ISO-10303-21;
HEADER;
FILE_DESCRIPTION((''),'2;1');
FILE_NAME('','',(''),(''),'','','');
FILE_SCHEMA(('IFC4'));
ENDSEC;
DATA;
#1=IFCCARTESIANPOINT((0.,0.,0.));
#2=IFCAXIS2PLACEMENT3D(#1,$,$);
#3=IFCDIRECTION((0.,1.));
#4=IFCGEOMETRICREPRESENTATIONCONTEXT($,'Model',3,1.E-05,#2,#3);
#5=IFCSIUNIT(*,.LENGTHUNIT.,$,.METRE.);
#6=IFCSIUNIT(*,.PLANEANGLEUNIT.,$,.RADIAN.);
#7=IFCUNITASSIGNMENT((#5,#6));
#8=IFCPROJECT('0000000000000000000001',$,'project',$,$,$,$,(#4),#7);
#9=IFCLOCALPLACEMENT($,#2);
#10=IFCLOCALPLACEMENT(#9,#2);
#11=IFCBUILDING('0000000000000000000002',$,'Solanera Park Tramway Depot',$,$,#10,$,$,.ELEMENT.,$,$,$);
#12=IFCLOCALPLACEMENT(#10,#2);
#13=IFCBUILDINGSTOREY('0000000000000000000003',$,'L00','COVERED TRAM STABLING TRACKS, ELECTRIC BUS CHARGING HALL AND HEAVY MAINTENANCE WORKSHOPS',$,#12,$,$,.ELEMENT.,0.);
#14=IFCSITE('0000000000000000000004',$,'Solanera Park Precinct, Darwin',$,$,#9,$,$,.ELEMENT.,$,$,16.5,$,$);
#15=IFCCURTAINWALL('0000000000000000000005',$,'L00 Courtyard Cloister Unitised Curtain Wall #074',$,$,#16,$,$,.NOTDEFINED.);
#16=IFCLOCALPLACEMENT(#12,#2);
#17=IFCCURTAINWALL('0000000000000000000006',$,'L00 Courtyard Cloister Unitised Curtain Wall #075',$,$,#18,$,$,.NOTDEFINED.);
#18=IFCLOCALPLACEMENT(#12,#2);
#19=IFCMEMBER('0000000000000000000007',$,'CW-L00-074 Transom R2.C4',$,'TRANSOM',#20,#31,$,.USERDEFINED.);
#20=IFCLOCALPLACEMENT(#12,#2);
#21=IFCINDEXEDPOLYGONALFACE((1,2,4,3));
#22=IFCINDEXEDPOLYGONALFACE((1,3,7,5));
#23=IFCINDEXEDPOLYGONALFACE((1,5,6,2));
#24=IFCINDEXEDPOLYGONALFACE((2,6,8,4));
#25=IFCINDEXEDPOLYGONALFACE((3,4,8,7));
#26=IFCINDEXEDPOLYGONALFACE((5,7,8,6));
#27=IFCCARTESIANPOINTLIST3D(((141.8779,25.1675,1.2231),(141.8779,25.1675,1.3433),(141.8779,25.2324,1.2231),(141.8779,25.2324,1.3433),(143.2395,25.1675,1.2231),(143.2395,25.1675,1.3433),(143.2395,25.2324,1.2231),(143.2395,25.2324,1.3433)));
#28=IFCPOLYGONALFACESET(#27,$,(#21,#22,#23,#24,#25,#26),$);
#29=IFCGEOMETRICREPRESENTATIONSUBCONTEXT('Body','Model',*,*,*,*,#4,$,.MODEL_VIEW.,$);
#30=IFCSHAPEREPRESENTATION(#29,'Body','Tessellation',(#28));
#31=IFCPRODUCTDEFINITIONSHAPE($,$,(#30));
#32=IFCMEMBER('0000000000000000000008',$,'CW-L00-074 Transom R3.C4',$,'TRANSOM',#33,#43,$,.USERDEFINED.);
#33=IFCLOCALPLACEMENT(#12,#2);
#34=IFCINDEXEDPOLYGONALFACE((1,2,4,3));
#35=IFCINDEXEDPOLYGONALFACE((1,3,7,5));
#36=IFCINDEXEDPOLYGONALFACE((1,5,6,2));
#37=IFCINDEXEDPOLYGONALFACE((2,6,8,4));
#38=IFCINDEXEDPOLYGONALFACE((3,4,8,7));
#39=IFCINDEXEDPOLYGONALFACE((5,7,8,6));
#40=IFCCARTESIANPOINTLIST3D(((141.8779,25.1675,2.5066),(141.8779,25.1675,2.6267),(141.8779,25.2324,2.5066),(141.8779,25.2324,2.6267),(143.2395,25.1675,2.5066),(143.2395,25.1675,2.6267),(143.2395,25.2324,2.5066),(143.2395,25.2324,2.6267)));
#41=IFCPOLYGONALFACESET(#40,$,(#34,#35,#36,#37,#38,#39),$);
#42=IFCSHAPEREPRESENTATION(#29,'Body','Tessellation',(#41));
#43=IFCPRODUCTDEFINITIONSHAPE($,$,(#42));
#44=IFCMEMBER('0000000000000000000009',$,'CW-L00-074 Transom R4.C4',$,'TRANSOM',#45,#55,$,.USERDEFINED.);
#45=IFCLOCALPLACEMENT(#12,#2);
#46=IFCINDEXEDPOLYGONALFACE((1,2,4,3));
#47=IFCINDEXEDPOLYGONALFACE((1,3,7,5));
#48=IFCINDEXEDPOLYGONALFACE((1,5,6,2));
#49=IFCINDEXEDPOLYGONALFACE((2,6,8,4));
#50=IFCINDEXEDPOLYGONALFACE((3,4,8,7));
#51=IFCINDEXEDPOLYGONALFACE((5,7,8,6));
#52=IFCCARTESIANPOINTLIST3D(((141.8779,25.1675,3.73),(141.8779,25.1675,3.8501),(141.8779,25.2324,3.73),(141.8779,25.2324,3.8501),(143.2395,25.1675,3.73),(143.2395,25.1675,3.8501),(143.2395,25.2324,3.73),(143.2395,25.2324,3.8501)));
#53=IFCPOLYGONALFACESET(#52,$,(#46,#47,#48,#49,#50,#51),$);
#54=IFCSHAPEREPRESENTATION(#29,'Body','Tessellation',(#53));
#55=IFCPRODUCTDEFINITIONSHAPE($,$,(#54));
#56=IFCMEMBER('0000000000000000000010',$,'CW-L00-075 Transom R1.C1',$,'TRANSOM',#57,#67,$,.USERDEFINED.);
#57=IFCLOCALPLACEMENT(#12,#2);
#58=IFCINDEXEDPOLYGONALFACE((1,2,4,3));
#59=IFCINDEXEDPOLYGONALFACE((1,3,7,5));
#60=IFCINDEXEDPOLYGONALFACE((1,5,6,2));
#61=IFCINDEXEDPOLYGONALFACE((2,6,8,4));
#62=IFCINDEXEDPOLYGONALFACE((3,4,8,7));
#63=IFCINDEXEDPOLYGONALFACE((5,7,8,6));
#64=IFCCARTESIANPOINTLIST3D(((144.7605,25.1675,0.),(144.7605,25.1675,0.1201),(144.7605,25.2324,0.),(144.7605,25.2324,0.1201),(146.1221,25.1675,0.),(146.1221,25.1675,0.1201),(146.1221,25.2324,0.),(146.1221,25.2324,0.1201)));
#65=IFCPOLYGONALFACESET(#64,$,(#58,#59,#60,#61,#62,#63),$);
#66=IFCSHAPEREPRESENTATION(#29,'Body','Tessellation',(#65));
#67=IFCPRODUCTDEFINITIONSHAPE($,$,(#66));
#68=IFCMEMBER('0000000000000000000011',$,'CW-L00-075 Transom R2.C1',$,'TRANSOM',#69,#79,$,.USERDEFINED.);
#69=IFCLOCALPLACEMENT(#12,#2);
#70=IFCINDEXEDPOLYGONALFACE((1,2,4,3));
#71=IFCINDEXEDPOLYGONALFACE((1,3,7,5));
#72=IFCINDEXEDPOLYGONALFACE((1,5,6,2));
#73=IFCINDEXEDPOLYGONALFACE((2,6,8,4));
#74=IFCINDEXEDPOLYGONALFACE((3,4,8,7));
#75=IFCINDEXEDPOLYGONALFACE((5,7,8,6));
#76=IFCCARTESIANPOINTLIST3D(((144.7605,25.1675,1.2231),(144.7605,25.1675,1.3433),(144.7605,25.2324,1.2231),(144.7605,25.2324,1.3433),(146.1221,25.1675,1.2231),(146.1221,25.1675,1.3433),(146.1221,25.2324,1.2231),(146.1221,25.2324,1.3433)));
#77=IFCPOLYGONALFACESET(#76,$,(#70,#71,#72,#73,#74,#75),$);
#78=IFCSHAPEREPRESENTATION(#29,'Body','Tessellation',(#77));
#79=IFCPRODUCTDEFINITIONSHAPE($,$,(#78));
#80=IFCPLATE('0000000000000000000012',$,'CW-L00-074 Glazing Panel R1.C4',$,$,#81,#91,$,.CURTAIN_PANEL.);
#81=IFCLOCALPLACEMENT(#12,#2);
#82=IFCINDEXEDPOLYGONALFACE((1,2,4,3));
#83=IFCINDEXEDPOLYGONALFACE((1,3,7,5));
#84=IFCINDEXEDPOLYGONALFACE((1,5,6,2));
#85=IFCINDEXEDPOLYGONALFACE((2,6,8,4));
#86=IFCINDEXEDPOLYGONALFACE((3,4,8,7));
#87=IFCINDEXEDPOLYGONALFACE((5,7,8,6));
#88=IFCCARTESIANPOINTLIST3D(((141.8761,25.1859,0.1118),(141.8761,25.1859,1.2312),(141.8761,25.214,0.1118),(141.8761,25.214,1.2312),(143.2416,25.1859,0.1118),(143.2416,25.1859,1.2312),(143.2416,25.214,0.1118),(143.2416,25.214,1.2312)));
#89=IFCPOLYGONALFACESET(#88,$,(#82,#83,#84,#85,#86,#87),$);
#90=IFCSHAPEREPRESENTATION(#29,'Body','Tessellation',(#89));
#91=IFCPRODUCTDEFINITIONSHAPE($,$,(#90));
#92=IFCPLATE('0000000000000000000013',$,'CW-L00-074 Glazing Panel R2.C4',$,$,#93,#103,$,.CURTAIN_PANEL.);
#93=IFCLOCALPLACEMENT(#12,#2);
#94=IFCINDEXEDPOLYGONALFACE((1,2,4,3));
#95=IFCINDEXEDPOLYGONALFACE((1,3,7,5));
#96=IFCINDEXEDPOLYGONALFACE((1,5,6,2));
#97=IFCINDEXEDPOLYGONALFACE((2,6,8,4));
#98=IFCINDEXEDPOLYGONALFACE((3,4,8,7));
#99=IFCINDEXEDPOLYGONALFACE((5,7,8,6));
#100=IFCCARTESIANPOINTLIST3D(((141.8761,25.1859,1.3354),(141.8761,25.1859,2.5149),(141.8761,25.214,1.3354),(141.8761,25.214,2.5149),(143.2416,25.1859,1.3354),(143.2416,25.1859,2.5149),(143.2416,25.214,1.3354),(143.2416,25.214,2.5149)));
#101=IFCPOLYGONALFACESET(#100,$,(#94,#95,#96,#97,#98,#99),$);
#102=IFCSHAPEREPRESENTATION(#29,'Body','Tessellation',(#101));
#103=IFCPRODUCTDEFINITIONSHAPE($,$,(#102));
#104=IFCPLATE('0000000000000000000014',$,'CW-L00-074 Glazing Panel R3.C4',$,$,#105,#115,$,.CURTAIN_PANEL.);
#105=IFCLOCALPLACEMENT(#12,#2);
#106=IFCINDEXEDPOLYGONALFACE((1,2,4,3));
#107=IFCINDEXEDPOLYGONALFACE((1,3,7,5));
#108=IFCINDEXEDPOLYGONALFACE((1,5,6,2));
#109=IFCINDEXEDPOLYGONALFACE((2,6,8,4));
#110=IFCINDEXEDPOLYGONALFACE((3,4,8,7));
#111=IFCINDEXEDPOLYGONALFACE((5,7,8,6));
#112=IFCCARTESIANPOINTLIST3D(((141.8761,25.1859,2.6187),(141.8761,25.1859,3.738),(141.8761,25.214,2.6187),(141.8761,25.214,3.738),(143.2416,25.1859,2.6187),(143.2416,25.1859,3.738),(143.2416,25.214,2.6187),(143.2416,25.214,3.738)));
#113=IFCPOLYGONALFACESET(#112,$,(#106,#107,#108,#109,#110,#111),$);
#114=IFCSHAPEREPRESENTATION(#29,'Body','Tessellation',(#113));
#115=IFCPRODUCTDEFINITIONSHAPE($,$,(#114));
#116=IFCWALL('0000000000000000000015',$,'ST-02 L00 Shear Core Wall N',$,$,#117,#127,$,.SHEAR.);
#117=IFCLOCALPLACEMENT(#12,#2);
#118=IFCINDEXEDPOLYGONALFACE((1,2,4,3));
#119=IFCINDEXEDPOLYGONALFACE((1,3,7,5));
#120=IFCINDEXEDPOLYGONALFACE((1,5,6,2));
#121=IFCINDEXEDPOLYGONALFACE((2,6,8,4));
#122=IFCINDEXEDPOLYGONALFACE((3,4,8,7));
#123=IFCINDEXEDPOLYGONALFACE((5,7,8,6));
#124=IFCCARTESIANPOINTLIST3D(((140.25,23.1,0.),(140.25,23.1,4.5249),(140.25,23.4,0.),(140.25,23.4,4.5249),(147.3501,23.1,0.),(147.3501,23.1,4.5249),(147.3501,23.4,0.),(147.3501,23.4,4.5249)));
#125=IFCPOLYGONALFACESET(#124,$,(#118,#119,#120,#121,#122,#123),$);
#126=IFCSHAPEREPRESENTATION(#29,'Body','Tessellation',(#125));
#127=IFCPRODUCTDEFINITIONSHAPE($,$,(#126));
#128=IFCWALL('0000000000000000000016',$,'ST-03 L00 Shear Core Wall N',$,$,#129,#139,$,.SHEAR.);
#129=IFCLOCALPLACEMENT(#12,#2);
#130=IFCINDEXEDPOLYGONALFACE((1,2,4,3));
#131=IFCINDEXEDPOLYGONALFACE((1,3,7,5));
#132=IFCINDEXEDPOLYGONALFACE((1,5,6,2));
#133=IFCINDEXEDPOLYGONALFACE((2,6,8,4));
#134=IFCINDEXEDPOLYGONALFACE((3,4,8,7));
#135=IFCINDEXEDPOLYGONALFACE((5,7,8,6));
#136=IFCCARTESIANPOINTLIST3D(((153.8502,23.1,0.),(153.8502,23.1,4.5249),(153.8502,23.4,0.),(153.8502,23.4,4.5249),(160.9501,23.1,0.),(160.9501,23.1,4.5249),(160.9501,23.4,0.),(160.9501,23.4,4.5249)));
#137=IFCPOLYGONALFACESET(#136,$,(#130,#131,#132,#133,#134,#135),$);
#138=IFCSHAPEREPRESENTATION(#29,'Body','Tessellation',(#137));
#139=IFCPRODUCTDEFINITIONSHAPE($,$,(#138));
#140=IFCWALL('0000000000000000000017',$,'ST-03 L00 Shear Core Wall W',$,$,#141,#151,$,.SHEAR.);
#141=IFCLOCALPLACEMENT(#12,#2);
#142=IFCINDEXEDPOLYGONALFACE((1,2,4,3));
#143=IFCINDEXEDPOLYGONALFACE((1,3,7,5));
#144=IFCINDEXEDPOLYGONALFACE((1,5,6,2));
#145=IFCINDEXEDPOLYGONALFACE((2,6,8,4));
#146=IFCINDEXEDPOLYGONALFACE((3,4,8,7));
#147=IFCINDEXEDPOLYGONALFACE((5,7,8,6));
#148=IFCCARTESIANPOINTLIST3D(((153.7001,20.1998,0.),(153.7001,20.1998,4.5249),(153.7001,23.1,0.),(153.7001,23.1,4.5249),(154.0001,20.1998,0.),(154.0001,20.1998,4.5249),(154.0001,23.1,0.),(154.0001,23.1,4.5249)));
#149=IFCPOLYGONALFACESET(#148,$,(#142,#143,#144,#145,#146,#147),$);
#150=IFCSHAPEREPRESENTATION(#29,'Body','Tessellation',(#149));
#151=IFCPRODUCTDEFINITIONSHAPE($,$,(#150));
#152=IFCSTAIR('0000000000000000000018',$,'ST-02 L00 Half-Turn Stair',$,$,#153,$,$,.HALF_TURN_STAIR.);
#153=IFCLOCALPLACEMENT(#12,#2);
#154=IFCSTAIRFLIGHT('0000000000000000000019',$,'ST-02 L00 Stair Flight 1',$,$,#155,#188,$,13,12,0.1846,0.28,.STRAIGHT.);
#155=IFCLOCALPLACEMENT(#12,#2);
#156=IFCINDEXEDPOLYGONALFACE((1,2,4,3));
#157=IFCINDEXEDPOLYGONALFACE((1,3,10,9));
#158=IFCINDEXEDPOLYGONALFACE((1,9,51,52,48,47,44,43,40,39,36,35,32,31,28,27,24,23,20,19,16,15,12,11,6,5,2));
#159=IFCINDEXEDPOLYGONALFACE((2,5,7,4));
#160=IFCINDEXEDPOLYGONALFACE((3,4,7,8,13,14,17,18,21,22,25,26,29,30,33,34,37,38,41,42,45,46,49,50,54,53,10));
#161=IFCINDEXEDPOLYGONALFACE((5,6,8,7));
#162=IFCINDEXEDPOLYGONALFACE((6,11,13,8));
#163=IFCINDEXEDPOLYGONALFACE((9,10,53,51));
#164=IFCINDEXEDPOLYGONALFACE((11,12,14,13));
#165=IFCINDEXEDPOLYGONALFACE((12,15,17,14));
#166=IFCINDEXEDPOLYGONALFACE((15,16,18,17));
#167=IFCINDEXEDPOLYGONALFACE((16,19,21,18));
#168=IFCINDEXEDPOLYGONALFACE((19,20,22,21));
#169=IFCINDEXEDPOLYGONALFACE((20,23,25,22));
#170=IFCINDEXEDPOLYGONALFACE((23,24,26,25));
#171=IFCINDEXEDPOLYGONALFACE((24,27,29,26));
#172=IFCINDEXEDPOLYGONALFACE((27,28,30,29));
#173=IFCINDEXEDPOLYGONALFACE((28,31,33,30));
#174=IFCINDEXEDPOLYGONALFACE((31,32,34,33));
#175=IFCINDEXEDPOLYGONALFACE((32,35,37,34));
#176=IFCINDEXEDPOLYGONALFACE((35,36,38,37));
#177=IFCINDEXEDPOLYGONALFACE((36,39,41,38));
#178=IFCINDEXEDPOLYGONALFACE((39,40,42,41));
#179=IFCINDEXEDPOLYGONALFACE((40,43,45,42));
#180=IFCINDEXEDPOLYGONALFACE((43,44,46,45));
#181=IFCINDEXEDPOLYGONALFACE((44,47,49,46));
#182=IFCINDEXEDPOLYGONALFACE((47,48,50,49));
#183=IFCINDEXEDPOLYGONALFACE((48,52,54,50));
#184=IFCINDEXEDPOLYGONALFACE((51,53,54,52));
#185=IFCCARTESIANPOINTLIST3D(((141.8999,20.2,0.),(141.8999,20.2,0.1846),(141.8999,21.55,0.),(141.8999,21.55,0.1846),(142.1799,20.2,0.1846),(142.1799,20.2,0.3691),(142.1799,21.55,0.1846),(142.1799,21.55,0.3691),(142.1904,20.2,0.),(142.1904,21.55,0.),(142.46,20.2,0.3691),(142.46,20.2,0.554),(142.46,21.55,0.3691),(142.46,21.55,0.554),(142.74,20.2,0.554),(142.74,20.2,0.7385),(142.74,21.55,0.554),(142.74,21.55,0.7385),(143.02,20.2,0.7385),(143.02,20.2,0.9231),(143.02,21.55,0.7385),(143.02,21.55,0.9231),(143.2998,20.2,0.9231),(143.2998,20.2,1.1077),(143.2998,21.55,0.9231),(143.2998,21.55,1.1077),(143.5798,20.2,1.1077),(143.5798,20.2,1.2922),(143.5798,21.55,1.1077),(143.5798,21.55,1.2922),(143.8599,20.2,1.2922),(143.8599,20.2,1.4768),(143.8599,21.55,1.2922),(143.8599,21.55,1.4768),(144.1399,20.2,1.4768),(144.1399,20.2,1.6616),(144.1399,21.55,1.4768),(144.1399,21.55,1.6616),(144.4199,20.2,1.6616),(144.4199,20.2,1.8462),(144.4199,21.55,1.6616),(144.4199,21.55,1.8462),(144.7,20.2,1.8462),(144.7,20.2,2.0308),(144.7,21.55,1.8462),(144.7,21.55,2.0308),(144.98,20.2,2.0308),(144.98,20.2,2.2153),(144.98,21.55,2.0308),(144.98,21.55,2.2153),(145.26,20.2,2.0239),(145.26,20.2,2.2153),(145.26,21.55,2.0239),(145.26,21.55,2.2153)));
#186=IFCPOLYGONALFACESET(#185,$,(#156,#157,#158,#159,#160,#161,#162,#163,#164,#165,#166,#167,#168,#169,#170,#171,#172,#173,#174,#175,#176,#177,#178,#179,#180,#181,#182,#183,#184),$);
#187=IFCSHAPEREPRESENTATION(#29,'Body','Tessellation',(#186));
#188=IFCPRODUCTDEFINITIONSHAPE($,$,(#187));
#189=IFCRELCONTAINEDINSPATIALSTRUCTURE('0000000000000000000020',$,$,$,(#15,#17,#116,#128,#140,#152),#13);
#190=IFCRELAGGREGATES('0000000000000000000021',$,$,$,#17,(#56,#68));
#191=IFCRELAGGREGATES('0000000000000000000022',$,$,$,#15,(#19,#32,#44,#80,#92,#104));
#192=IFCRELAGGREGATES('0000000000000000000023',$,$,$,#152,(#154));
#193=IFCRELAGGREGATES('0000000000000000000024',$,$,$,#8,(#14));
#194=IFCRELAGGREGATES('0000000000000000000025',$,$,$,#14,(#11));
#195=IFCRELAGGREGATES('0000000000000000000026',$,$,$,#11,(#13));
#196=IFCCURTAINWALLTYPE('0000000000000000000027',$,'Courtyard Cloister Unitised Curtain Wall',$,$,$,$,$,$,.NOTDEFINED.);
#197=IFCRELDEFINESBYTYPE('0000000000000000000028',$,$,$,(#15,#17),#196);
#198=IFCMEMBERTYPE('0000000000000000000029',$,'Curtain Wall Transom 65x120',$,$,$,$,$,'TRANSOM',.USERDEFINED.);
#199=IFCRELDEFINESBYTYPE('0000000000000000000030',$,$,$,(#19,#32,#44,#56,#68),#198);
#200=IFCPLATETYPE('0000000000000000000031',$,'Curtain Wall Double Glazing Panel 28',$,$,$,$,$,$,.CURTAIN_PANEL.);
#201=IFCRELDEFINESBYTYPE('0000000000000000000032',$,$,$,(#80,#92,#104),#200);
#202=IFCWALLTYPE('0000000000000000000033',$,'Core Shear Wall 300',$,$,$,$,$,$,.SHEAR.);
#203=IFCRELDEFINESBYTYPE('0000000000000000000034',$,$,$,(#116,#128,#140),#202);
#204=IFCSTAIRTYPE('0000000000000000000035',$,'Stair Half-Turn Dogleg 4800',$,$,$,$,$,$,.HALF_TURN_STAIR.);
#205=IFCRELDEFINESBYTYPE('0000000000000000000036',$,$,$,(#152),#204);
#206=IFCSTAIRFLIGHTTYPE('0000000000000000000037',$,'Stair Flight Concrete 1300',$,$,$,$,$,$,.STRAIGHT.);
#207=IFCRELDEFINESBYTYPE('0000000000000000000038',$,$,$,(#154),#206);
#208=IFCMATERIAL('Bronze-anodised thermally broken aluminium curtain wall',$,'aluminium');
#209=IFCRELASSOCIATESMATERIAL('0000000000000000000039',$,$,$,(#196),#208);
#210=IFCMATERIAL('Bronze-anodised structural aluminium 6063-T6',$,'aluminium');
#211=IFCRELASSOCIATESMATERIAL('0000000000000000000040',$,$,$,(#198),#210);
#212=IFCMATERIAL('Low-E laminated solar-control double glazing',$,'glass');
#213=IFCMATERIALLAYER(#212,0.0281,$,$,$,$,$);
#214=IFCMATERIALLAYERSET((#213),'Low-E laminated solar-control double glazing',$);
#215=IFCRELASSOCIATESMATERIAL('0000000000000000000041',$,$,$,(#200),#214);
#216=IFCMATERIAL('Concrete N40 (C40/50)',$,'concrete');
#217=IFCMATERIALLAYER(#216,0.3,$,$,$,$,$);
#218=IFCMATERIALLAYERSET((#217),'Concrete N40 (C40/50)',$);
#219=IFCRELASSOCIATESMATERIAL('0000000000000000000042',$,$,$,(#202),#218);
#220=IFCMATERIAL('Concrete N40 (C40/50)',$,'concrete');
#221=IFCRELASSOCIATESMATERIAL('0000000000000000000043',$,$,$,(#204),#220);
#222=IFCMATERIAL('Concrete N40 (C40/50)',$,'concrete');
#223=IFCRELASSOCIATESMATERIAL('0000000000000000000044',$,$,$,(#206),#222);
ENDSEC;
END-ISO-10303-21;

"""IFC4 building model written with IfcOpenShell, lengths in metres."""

from ifc_helpers import new_model, si_unit, direction, frame, frame_2d, origin, origin_2d, place, context, subcontext, project, spatial, polyline, rectangle, outline, extrude, material, layer, layer_set, material_profile, profile_set, type_object, element, aggregate, save


model = new_model("IFC4")

# Units and contexts
model_context = context("Model", 3, precision=1e-05, world=origin(), true_north=direction((0.0, 1.0)))
body_context = subcontext(model_context, "Body", "Model", "MODEL_VIEW")
ifc_project = project(units=[si_unit("LENGTHUNIT", "METRE"), si_unit("PLANEANGLEUNIT", "RADIAN")], contexts=[model_context])

# Site, building, storey
site_placement = place(None, origin())
site = spatial("IfcSite", under=ifc_project, at=site_placement, Name="Solanera Park Precinct, Darwin", CompositionType="ELEMENT", RefElevation=16.5)
building_placement = place(site_placement, origin())
building = spatial("IfcBuilding", under=site, at=building_placement, Name="Solanera Park Tramway Depot", CompositionType="ELEMENT")
storey_placement = place(building_placement, origin())
storey = spatial("IfcBuildingStorey", under=building, at=storey_placement, Name="L00", Description="COVERED TRAM STABLING TRACKS, ELECTRIC BUS CHARGING HALL AND HEAVY MAINTENANCE WORKSHOPS", CompositionType="ELEMENT", Elevation=0.0)

# Curtain walls
ifc_material_1 = material(Name="Bronze-anodised thermally broken aluminium curtain wall", Category="aluminium")
curtain_wall_type = type_object("IfcCurtainWallType", Name="Courtyard Cloister Unitised Curtain Wall", PredefinedType="NOTDEFINED", material=ifc_material_1)
curtain_wall_1_placement = place(storey_placement, origin())
curtain_wall_1 = element("IfcCurtainWall", 1, at=curtain_wall_1_placement, inside=storey, type_object=curtain_wall_type, Name="L00 Courtyard Cloister Unitised Curtain Wall #074", PredefinedType="NOTDEFINED")
curtain_wall_2_placement = place(storey_placement, origin())
curtain_wall_2 = element("IfcCurtainWall", 2, at=curtain_wall_2_placement, inside=storey, type_object=curtain_wall_type, Name="L00 Courtyard Cloister Unitised Curtain Wall #075", PredefinedType="NOTDEFINED")

# Members
ifc_material_2 = material(Name="Bronze-anodised structural aluminium 6063-T6", Category="aluminium")
ifc_material_profile_1 = material_profile(ifc_material_2, rectangle(XDim=0.0649, YDim=0.1201, at=origin_2d()), Name="Curtain Wall Transom 65x120")
ifc_profile_set_1 = profile_set([ifc_material_profile_1], Name="Bronze-anodised structural aluminium 6063-T6")
member_type_1 = type_object("IfcMemberType", Name="Curtain Wall Transom 65x120", ElementType="TRANSOM", PredefinedType="USERDEFINED", material=ifc_profile_set_1)
member_1_placement = place(storey_placement, frame((141.8779, 25.2, 1.2832), z_axis=(1.0, 0.0, 0.0), x_axis=(0.0, 1.0, 0.0)))
member_1 = element("IfcMember", 3, at=member_1_placement, type_object=member_type_1, Name="CW-L00-074 Transom R2.C4", ObjectType="TRANSOM", PredefinedType="USERDEFINED", context=body_context, shape_type="SweptSolid", body=[
    extrude(rectangle(XDim=0.0649, YDim=0.1201, at=origin_2d()), origin(), (0.0, 0.0, 1.0), 1.3616),
])
member_2_placement = place(storey_placement, frame((141.8779, 25.2, 2.5667), z_axis=(1.0, 0.0, 0.0), x_axis=(0.0, 1.0, 0.0)))
member_2 = element("IfcMember", 4, at=member_2_placement, type_object=member_type_1, Name="CW-L00-074 Transom R3.C4", ObjectType="TRANSOM", PredefinedType="USERDEFINED", context=body_context, shape_type="SweptSolid", body=[
    extrude(rectangle(XDim=0.0649, YDim=0.1201, at=origin_2d()), origin(), (0.0, 0.0, 1.0), 1.3616),
])
member_3_placement = place(storey_placement, frame((141.8779, 25.2, 3.79), z_axis=(1.0, 0.0, 0.0), x_axis=(0.0, 1.0, 0.0)))
member_3 = element("IfcMember", 5, at=member_3_placement, type_object=member_type_1, Name="CW-L00-074 Transom R4.C4", ObjectType="TRANSOM", PredefinedType="USERDEFINED", context=body_context, shape_type="SweptSolid", body=[
    extrude(rectangle(XDim=0.0649, YDim=0.1201, at=origin_2d()), origin(), (0.0, 0.0, 1.0), 1.3616),
])
member_4_placement = place(storey_placement, frame((144.7605, 25.2, 0.0601), z_axis=(1.0, 0.0, 0.0), x_axis=(0.0, 1.0, 0.0)))
member_4 = element("IfcMember", 6, at=member_4_placement, type_object=member_type_1, Name="CW-L00-075 Transom R1.C1", ObjectType="TRANSOM", PredefinedType="USERDEFINED", context=body_context, shape_type="SweptSolid", body=[
    extrude(rectangle(XDim=0.0649, YDim=0.1201, at=origin_2d()), origin(), (0.0, 0.0, 1.0), 1.3616),
])
member_5_placement = place(storey_placement, frame((144.7605, 25.2, 1.2832), z_axis=(1.0, 0.0, 0.0), x_axis=(0.0, 1.0, 0.0)))
member_5 = element("IfcMember", 7, at=member_5_placement, type_object=member_type_1, Name="CW-L00-075 Transom R2.C1", ObjectType="TRANSOM", PredefinedType="USERDEFINED", context=body_context, shape_type="SweptSolid", body=[
    extrude(rectangle(XDim=0.0649, YDim=0.1201, at=origin_2d()), origin(), (0.0, 0.0, 1.0), 1.3616),
])
aggregate(curtain_wall_2, [member_4, member_5])

# Plates
ifc_material_3 = material(Name="Low-E laminated solar-control double glazing", Category="glass")
ifc_layer_1 = layer(ifc_material_3, 0.0281)
ifc_layer_set_1 = layer_set([ifc_layer_1], Name="Low-E laminated solar-control double glazing")
plate_type = type_object("IfcPlateType", Name="Curtain Wall Double Glazing Panel 28", PredefinedType="CURTAIN_PANEL", material=ifc_layer_set_1)
plate_1_placement = place(storey_placement, frame((142.5588, 25.2, 0.1118), z_axis=(0.0, 0.0, 1.0), x_axis=(1.0, 0.0, 0.0)))
plate_1 = element("IfcPlate", 8, at=plate_1_placement, type_object=plate_type, Name="CW-L00-074 Glazing Panel R1.C4", PredefinedType="CURTAIN_PANEL", context=body_context, shape_type="SweptSolid", body=[
    extrude(rectangle(XDim=1.3655, YDim=0.0281, at=origin_2d()), origin(), (0.0, 0.0, 1.0), 1.1194),
])
plate_2_placement = place(storey_placement, frame((142.5588, 25.2, 1.3354), z_axis=(0.0, 0.0, 1.0), x_axis=(1.0, 0.0, 0.0)))
plate_2 = element("IfcPlate", 9, at=plate_2_placement, type_object=plate_type, Name="CW-L00-074 Glazing Panel R2.C4", PredefinedType="CURTAIN_PANEL", context=body_context, shape_type="SweptSolid", body=[
    extrude(rectangle(XDim=1.3655, YDim=0.0281, at=origin_2d()), origin(), (0.0, 0.0, 1.0), 1.1794),
])
plate_3_placement = place(storey_placement, frame((142.5588, 25.2, 2.6187), z_axis=(0.0, 0.0, 1.0), x_axis=(1.0, 0.0, 0.0)))
plate_3 = element("IfcPlate", 10, at=plate_3_placement, type_object=plate_type, Name="CW-L00-074 Glazing Panel R3.C4", PredefinedType="CURTAIN_PANEL", context=body_context, shape_type="SweptSolid", body=[
    extrude(rectangle(XDim=1.3655, YDim=0.0281, at=origin_2d()), origin(), (0.0, 0.0, 1.0), 1.1194),
])
aggregate(curtain_wall_1, [member_1, member_2, member_3, plate_1, plate_2, plate_3])

# Walls
ifc_material_4 = material(Name="Concrete N40 (C40/50)", Category="concrete")
ifc_layer_2 = layer(ifc_material_4, 0.3)
ifc_layer_set_2 = layer_set([ifc_layer_2], Name="Concrete N40 (C40/50)")
wall_type = type_object("IfcWallType", Name="Core Shear Wall 300", PredefinedType="SHEAR", material=ifc_layer_set_2)
wall_1_placement = place(storey_placement, frame((147.3501, 23.25, 0.0), z_axis=(0.0, 0.0, 1.0), x_axis=(-1.0, 0.0, 0.0)))
element("IfcWall", 11, at=wall_1_placement, inside=storey, type_object=wall_type, Name="ST-02 L00 Shear Core Wall N", PredefinedType="SHEAR", context=body_context, shape_type="SweptSolid", body=[
    extrude(rectangle(XDim=7.1001, YDim=0.3, at=frame_2d((3.55, 0.0))), origin(), (0.0, 0.0, 1.0), 4.5249),
])
wall_2_placement = place(storey_placement, frame((160.95, 23.25, 0.0), z_axis=(0.0, 0.0, 1.0), x_axis=(-1.0, 0.0, 0.0)))
element("IfcWall", 12, at=wall_2_placement, inside=storey, type_object=wall_type, Name="ST-03 L00 Shear Core Wall N", PredefinedType="SHEAR", context=body_context, shape_type="SweptSolid", body=[
    extrude(rectangle(XDim=7.0999, YDim=0.3, at=frame_2d((3.5498, 0.0))), origin(), (0.0, 0.0, 1.0), 4.5249),
])
wall_3_placement = place(storey_placement, frame((153.8501, 23.1001, 0.0), z_axis=(0.0, 0.0, 1.0), x_axis=(0.0, -1.0, 0.0)))
element("IfcWall", 13, at=wall_3_placement, inside=storey, type_object=wall_type, Name="ST-03 L00 Shear Core Wall W", PredefinedType="SHEAR", context=body_context, shape_type="SweptSolid", body=[
    extrude(rectangle(XDim=2.9001, YDim=0.3, at=frame_2d((1.4502, 0.0))), origin(), (0.0, 0.0, 1.0), 4.5249),
])

# Stair, stair flight
ifc_material_5 = material(Name="Concrete N40 (C40/50)", Category="concrete")
stair_type = type_object("IfcStairType", Name="Stair Half-Turn Dogleg 4800", PredefinedType="HALF_TURN_STAIR", material=ifc_material_5)
stair_1_placement = place(storey_placement, origin())
stair_1 = element("IfcStair", 14, at=stair_1_placement, inside=storey, type_object=stair_type, Name="ST-02 L00 Half-Turn Stair", PredefinedType="HALF_TURN_STAIR")
ifc_material_6 = material(Name="Concrete N40 (C40/50)", Category="concrete")
stair_flight_type = type_object("IfcStairFlightType", Name="Stair Flight Concrete 1300", PredefinedType="STRAIGHT", material=ifc_material_6)
stair_flight_1_placement = place(storey_placement, frame((141.8999, 20.875, 0.0), z_axis=(0.0, 0.0, 1.0), x_axis=(1.0, 0.0, 0.0)))
stair_flight_1 = element("IfcStairFlight", 15, at=stair_flight_1_placement, type_object=stair_flight_type, Name="ST-02 L00 Stair Flight 1", NumberOfRisers=13, NumberOfTreads=12, PredefinedType="STRAIGHT", RiserHeight=0.1846, TreadLength=0.28, context=body_context, shape_type="SweptSolid", body=[
    extrude(outline(polyline([(0.0, 0.0), (0.0, 0.1846), (0.28, 0.1846), (0.28, 0.3691), (0.5601, 0.3691), (0.5601, 0.554), (0.8401, 0.554), (0.8401, 0.7385), (1.1201, 0.7385), (1.1201, 0.9231), (1.3999, 0.9231), (1.3999, 1.1077), (1.6799, 1.1077), (1.6799, 1.2922), (1.96, 1.2922), (1.96, 1.4768), (2.24, 1.4768), (2.24, 1.6616), (2.52, 1.6616), (2.52, 1.8462), (2.8, 1.8462), (2.8, 2.0308), (3.0801, 2.0308), (3.0801, 2.2153), (3.3601, 2.2153), (3.3601, 2.3999), (3.3601, 2.0239), (0.2905, 0.0), (0.0, 0.0)])), frame((0.0, 0.675, 0.0), z_axis=(0.0, -1.0, 0.0), x_axis=(1.0, 0.0, 0.0)), (0.0, 0.0, 1.0), 1.3501),
])
aggregate(stair_1, [stair_flight_1])

save(model, "model.ifc")
